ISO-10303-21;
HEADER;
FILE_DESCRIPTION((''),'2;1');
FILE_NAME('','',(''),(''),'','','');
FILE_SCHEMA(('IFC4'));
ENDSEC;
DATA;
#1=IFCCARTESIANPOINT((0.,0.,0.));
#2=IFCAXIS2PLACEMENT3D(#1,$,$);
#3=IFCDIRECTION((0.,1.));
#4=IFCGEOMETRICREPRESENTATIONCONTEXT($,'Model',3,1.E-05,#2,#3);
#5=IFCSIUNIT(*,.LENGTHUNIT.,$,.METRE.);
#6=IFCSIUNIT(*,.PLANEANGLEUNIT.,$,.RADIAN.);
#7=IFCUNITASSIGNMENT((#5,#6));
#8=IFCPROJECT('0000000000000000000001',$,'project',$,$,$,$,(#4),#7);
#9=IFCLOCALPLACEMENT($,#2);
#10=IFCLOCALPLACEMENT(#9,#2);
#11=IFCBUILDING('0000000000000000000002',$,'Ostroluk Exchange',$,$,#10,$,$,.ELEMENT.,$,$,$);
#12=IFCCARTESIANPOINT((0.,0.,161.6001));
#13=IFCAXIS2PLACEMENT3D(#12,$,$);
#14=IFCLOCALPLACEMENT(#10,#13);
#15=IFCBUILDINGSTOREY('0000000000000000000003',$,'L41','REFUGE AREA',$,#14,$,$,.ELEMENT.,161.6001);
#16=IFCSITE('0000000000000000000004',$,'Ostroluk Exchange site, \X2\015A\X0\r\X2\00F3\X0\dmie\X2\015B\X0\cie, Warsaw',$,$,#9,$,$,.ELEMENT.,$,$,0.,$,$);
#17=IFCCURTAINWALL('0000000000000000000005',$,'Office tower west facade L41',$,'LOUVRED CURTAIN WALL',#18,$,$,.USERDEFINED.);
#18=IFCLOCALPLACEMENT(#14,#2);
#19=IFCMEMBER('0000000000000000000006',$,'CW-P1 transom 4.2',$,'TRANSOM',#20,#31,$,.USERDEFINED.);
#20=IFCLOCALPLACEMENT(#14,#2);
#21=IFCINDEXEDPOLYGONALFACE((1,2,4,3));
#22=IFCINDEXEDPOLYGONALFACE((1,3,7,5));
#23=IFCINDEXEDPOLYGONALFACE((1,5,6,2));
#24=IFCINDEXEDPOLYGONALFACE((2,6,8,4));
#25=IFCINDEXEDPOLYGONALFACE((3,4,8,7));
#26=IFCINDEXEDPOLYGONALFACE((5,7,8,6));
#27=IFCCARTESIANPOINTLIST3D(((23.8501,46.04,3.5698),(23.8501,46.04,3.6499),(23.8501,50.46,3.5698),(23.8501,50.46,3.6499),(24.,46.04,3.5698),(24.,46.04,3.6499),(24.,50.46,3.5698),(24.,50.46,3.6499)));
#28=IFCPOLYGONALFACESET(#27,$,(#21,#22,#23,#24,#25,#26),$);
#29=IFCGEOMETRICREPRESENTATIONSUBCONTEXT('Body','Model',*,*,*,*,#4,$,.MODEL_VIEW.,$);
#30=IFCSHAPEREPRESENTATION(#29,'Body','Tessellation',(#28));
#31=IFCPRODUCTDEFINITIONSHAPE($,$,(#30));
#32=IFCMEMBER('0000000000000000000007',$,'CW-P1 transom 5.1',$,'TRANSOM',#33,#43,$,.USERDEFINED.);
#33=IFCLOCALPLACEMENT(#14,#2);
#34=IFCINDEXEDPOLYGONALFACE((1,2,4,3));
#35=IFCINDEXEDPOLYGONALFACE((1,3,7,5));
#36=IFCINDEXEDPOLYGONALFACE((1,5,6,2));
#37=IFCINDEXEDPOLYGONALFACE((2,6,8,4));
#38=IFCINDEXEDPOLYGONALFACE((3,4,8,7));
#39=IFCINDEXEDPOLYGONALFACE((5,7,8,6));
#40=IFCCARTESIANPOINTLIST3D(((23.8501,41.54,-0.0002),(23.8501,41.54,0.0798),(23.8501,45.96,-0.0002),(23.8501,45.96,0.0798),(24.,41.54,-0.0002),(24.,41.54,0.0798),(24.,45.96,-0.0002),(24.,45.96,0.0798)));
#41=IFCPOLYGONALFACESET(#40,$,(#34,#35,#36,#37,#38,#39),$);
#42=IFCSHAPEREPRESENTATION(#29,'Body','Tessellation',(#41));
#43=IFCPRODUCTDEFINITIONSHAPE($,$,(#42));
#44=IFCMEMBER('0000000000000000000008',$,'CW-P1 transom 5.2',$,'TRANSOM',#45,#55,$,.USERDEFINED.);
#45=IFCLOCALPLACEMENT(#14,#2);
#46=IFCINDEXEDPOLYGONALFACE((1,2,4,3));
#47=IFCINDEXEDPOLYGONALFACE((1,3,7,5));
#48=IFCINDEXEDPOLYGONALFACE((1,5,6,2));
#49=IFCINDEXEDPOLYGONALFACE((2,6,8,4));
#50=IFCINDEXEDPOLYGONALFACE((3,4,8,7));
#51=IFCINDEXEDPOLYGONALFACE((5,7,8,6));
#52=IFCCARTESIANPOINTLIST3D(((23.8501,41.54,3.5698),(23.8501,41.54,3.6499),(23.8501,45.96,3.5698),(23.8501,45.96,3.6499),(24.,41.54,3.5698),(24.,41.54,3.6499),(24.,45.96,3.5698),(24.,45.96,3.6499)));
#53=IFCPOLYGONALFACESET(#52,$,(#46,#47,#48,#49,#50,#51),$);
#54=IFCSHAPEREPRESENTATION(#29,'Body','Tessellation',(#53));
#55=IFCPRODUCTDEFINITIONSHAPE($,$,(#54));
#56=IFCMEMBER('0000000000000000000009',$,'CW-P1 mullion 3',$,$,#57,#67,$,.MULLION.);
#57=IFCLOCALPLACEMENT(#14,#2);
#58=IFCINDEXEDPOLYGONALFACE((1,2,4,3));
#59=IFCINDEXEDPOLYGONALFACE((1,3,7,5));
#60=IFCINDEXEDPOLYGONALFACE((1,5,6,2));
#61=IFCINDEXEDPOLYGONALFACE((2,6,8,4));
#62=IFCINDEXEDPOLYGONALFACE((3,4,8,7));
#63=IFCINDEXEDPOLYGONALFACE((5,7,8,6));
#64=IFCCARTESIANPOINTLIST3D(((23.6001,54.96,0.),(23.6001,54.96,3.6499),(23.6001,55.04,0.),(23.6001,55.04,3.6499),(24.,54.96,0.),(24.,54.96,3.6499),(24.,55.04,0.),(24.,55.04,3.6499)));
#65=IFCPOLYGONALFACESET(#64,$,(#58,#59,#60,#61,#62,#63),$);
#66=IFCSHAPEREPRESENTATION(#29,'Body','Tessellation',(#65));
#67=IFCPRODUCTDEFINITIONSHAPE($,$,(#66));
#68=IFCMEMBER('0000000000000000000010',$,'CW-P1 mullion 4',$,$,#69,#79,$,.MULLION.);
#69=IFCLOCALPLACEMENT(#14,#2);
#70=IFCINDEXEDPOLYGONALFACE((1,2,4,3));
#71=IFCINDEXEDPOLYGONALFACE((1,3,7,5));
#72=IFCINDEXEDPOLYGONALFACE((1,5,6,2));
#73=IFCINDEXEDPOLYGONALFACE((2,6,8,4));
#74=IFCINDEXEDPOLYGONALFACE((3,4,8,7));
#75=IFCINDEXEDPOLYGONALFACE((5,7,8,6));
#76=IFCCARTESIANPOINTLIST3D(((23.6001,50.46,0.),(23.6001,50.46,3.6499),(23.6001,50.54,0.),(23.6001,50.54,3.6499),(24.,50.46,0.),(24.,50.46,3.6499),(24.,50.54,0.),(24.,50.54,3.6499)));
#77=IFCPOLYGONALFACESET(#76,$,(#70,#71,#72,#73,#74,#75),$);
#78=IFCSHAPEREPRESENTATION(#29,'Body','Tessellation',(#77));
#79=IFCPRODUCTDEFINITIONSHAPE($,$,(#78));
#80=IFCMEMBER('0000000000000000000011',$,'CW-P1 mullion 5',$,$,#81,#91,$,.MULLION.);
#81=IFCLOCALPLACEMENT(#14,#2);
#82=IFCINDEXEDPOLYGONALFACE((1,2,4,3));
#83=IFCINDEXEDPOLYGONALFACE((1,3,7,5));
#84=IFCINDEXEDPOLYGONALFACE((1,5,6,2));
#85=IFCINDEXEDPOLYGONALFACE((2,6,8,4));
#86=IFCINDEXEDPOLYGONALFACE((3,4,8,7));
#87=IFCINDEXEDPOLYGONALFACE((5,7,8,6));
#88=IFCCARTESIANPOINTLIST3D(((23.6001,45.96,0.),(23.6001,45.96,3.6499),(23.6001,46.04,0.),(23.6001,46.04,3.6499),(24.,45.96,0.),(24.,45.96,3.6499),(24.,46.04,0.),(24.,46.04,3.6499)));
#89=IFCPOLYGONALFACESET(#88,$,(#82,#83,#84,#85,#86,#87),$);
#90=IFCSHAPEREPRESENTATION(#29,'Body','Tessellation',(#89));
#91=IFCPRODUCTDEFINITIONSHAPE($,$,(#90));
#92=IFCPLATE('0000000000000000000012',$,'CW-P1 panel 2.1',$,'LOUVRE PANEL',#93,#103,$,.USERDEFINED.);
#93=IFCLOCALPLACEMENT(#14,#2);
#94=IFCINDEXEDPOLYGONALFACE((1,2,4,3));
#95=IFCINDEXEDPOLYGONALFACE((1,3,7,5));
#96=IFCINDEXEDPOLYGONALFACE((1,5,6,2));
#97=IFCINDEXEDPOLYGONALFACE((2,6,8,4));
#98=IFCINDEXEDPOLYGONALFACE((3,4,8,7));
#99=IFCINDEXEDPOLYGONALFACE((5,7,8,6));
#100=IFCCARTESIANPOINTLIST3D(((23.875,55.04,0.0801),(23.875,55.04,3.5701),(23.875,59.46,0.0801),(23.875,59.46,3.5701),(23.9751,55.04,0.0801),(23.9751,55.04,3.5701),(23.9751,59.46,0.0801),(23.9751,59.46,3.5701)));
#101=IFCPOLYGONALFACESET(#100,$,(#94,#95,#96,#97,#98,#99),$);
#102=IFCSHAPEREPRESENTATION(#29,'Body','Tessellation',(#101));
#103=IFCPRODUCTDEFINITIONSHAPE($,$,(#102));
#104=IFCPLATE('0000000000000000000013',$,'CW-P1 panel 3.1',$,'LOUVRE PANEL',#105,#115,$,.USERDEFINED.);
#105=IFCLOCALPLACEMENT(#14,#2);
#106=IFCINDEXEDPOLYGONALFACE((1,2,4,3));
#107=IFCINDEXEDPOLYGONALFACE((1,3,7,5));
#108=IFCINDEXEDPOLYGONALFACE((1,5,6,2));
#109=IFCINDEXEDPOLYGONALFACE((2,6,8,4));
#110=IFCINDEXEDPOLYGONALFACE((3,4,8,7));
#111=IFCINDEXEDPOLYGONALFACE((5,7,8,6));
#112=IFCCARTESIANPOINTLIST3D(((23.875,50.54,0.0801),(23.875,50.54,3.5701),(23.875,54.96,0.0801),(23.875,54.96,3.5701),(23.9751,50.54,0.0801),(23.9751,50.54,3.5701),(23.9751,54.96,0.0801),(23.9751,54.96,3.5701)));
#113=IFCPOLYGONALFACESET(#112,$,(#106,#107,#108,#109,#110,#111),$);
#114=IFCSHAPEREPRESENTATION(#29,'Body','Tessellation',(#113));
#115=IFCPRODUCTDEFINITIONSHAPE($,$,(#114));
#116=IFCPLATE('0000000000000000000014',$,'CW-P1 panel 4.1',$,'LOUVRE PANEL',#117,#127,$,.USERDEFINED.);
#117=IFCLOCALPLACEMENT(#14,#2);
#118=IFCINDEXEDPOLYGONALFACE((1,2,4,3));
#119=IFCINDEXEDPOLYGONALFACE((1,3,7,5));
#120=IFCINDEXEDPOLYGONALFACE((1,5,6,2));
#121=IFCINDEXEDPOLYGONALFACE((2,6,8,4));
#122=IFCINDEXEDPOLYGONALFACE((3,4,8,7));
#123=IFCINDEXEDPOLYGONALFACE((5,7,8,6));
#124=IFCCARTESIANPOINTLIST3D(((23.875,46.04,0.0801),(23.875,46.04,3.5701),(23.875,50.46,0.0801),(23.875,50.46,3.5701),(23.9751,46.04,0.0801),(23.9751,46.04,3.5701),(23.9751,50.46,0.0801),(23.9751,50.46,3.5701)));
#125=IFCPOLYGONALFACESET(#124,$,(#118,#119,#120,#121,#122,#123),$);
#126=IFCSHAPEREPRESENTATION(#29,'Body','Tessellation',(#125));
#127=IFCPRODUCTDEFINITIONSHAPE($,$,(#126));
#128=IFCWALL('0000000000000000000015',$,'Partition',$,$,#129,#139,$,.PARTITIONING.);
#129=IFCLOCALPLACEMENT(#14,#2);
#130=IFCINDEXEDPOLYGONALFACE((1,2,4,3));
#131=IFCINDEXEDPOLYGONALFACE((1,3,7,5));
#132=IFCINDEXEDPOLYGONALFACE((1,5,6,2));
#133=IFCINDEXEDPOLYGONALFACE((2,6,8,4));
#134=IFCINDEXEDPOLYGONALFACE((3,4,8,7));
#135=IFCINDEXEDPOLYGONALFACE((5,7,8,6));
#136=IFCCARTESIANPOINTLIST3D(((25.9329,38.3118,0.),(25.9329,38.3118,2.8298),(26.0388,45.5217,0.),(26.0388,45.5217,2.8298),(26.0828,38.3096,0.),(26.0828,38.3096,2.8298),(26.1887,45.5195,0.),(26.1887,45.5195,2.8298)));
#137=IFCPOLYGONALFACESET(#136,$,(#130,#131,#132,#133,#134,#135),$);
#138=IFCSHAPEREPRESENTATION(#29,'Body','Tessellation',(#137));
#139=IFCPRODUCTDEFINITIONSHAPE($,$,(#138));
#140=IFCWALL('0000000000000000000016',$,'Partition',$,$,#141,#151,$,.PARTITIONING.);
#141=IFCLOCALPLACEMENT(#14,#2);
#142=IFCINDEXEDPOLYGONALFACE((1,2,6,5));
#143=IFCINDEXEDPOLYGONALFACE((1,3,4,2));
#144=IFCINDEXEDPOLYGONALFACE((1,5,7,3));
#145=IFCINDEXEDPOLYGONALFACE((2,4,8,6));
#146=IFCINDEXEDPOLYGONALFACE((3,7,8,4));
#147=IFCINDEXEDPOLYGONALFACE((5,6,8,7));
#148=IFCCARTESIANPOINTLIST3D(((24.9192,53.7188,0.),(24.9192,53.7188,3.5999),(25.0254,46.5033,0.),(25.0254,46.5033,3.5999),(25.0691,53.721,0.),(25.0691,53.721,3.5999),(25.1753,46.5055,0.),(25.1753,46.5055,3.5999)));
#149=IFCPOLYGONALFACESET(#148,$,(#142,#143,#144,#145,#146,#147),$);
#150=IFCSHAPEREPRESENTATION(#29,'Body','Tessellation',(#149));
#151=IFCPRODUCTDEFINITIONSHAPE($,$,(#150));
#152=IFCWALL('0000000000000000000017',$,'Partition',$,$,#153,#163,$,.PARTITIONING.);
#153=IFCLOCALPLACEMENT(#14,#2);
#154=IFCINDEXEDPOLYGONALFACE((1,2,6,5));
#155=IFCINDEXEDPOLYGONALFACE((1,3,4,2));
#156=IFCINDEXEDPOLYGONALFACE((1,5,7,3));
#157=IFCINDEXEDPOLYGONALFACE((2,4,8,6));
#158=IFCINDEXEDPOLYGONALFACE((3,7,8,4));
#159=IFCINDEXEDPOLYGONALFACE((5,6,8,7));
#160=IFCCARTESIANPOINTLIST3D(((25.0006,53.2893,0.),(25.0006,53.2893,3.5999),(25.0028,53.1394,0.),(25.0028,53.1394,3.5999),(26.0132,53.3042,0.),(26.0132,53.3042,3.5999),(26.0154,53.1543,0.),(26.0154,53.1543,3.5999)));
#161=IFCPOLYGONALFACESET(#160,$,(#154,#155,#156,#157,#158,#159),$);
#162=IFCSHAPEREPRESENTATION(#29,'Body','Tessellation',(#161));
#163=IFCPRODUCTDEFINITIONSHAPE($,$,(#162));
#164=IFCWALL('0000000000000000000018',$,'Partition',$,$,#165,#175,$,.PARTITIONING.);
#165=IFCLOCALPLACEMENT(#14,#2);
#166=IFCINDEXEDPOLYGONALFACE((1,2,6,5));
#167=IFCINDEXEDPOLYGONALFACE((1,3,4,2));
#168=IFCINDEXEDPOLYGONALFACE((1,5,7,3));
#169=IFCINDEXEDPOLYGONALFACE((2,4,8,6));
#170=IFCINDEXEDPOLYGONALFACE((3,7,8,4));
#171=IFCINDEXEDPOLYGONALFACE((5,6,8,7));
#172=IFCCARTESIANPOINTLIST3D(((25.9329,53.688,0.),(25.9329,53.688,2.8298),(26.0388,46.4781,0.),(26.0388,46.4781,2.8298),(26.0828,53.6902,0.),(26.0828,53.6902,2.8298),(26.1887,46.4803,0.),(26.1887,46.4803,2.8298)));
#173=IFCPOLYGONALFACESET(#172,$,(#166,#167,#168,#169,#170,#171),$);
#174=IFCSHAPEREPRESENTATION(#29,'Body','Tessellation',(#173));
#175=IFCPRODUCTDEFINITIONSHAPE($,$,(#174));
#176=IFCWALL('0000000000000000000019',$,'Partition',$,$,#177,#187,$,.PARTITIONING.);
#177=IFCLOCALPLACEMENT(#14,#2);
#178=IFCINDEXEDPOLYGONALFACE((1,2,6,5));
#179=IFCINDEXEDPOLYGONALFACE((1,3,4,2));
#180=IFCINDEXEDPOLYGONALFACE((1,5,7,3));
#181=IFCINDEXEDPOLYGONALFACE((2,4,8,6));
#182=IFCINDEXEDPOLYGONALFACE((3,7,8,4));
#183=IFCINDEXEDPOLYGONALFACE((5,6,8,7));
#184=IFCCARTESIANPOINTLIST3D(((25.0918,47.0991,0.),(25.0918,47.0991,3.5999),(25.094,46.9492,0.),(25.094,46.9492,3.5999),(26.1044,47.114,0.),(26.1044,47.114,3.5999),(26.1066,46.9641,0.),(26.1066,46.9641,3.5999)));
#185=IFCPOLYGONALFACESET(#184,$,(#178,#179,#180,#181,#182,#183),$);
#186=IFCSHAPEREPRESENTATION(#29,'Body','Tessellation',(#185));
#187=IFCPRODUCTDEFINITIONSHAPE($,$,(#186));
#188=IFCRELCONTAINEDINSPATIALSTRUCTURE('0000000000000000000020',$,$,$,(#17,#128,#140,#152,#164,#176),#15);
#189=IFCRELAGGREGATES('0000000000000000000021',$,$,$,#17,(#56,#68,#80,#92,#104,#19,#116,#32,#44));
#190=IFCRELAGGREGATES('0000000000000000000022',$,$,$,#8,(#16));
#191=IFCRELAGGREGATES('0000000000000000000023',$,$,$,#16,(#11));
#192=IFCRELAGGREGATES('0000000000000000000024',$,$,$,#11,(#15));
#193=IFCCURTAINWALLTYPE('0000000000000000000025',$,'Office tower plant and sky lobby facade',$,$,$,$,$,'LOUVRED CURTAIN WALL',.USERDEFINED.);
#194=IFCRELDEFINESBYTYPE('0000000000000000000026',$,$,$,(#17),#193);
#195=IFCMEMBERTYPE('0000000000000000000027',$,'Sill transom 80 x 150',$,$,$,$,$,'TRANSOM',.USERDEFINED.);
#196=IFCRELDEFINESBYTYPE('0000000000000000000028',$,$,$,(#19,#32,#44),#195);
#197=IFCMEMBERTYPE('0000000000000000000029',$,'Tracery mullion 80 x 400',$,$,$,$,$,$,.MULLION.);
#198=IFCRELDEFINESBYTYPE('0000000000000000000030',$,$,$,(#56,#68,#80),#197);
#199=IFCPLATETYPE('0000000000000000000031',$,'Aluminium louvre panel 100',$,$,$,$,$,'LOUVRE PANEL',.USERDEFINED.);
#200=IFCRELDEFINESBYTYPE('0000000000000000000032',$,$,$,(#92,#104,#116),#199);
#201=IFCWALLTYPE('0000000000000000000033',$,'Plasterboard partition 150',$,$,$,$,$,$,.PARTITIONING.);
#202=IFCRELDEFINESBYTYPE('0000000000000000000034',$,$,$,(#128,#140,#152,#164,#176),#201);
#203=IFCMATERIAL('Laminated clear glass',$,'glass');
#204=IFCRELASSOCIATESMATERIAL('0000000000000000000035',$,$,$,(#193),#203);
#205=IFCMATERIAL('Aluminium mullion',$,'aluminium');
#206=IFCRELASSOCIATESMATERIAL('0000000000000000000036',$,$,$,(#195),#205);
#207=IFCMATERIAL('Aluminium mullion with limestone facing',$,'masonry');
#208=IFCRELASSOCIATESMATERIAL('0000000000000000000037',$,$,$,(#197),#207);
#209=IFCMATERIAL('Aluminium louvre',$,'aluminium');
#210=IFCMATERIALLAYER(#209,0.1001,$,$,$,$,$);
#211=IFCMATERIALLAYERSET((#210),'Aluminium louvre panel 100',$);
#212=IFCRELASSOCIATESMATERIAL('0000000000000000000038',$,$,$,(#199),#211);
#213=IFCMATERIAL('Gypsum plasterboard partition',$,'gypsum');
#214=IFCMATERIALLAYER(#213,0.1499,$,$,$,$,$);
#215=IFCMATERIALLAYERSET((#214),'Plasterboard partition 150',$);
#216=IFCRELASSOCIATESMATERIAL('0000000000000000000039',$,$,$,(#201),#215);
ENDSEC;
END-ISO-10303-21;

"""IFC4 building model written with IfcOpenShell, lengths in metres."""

from ifc_helpers import new_model, si_unit, direction, frame, frame_2d, origin, origin_2d, place, context, subcontext, project, spatial, rectangle, extrude, material, layer, layer_set, material_profile, profile_set, type_object, element, aggregate, save


model = new_model("IFC4")

# Units and contexts
model_context = context("Model", 3, precision=1e-05, world=origin(), true_north=direction((0.0, 1.0)))
body_context = subcontext(model_context, "Body", "Model", "MODEL_VIEW")
ifc_project = project(units=[si_unit("LENGTHUNIT", "METRE"), si_unit("PLANEANGLEUNIT", "RADIAN")], contexts=[model_context])

# Site, building, storey
site_placement = place(None, origin())
site = spatial("IfcSite", under=ifc_project, at=site_placement, Name="Ostroluk Exchange site, Śródmieście, Warsaw", CompositionType="ELEMENT", RefElevation=0.0)
building_placement = place(site_placement, origin())
building = spatial("IfcBuilding", under=site, at=building_placement, Name="Ostroluk Exchange", CompositionType="ELEMENT")
storey_placement = place(building_placement, frame((0.0, 0.0, 161.6001)))
storey = spatial("IfcBuildingStorey", under=building, at=storey_placement, Name="L41", Description="REFUGE AREA", CompositionType="ELEMENT", Elevation=161.6001)

# Curtain wall, members, plates
ifc_material_1 = material(Name="Laminated clear glass", Category="glass")
curtain_wall_type = type_object("IfcCurtainWallType", Name="Office tower plant and sky lobby facade", ElementType="LOUVRED CURTAIN WALL", PredefinedType="USERDEFINED", material=ifc_material_1)
curtain_wall_placement = place(storey_placement, origin())
curtain_wall = element("IfcCurtainWall", 1, at=curtain_wall_placement, inside=storey, type_object=curtain_wall_type, Name="Office tower west facade L41", ObjectType="LOUVRED CURTAIN WALL", PredefinedType="USERDEFINED")
ifc_material_2 = material(Name="Aluminium mullion", Category="aluminium")
ifc_material_profile_1 = material_profile(ifc_material_2, rectangle(XDim=0.1499, YDim=0.0801, at=origin_2d()), Name="Sill transom 80 x 150")
ifc_profile_set_1 = profile_set([ifc_material_profile_1], Name="Aluminium mullion")
member_type_1 = type_object("IfcMemberType", Name="Sill transom 80 x 150", ElementType="TRANSOM", PredefinedType="USERDEFINED", material=ifc_profile_set_1)
member_1_placement = place(storey_placement, frame((23.925, 50.46, 3.6099), z_axis=(0.0, -1.0, 0.0), x_axis=(1.0, 0.0, 0.0)))
member_1 = element("IfcMember", 2, at=member_1_placement, type_object=member_type_1, Name="CW-P1 transom 4.2", ObjectType="TRANSOM", PredefinedType="USERDEFINED", context=body_context, shape_type="SweptSolid", body=[
    extrude(rectangle(XDim=0.1499, YDim=0.0801, at=origin_2d()), origin(), (0.0, 0.0, 1.0), 4.4199),
])
member_2_placement = place(storey_placement, frame((23.925, 45.96, 0.0398), z_axis=(0.0, -1.0, 0.0), x_axis=(1.0, 0.0, 0.0)))
member_2 = element("IfcMember", 3, at=member_2_placement, type_object=member_type_1, Name="CW-P1 transom 5.1", ObjectType="TRANSOM", PredefinedType="USERDEFINED", context=body_context, shape_type="SweptSolid", body=[
    extrude(rectangle(XDim=0.1499, YDim=0.0801, at=origin_2d()), origin(), (0.0, 0.0, 1.0), 4.4199),
])
member_3_placement = place(storey_placement, frame((23.925, 45.96, 3.6099), z_axis=(0.0, -1.0, 0.0), x_axis=(1.0, 0.0, 0.0)))
member_3 = element("IfcMember", 4, at=member_3_placement, type_object=member_type_1, Name="CW-P1 transom 5.2", ObjectType="TRANSOM", PredefinedType="USERDEFINED", context=body_context, shape_type="SweptSolid", body=[
    extrude(rectangle(XDim=0.1499, YDim=0.0801, at=origin_2d()), origin(), (0.0, 0.0, 1.0), 4.4199),
])
ifc_material_3 = material(Name="Aluminium mullion with limestone facing", Category="masonry")
ifc_material_profile_2 = material_profile(ifc_material_3, rectangle(XDim=0.3999, YDim=0.0801, at=origin_2d()), Name="Tracery mullion 80 x 400")
ifc_profile_set_2 = profile_set([ifc_material_profile_2], Name="Aluminium mullion with limestone facing")
member_type_2 = type_object("IfcMemberType", Name="Tracery mullion 80 x 400", PredefinedType="MULLION", material=ifc_profile_set_2)
member_4_placement = place(storey_placement, frame((23.8, 55.0, 0.0), z_axis=(0.0, 0.0, 1.0), x_axis=(1.0, 0.0, 0.0)))
member_4 = element("IfcMember", 5, at=member_4_placement, type_object=member_type_2, Name="CW-P1 mullion 3", PredefinedType="MULLION", context=body_context, shape_type="SweptSolid", body=[
    extrude(rectangle(XDim=0.3999, YDim=0.0801, at=origin_2d()), origin(), (0.0, 0.0, 1.0), 3.6499),
])
member_5_placement = place(storey_placement, frame((23.8, 50.5, 0.0), z_axis=(0.0, 0.0, 1.0), x_axis=(1.0, 0.0, 0.0)))
member_5 = element("IfcMember", 6, at=member_5_placement, type_object=member_type_2, Name="CW-P1 mullion 4", PredefinedType="MULLION", context=body_context, shape_type="SweptSolid", body=[
    extrude(rectangle(XDim=0.3999, YDim=0.0801, at=origin_2d()), origin(), (0.0, 0.0, 1.0), 3.6499),
])
member_6_placement = place(storey_placement, frame((23.8, 46.0, 0.0), z_axis=(0.0, 0.0, 1.0), x_axis=(1.0, 0.0, 0.0)))
member_6 = element("IfcMember", 7, at=member_6_placement, type_object=member_type_2, Name="CW-P1 mullion 5", PredefinedType="MULLION", context=body_context, shape_type="SweptSolid", body=[
    extrude(rectangle(XDim=0.3999, YDim=0.0801, at=origin_2d()), origin(), (0.0, 0.0, 1.0), 3.6499),
])
ifc_material_4 = material(Name="Aluminium louvre", Category="aluminium")
ifc_layer_1 = layer(ifc_material_4, 0.1001)
ifc_layer_set_1 = layer_set([ifc_layer_1], Name="Aluminium louvre panel 100")
plate_type = type_object("IfcPlateType", Name="Aluminium louvre panel 100", ElementType="LOUVRE PANEL", PredefinedType="USERDEFINED", material=ifc_layer_set_1)
plate_1_placement = place(storey_placement, frame((23.925, 57.25, 0.0801), z_axis=(0.0, 0.0, 1.0), x_axis=(0.0, -1.0, 0.0)))
plate_1 = element("IfcPlate", 8, at=plate_1_placement, type_object=plate_type, Name="CW-P1 panel 2.1", ObjectType="LOUVRE PANEL", PredefinedType="USERDEFINED", context=body_context, shape_type="SweptSolid", body=[
    extrude(rectangle(XDim=4.4199, YDim=0.1001, at=origin_2d()), origin(), (0.0, 0.0, 1.0), 3.49),
])
plate_2_placement = place(storey_placement, frame((23.925, 52.75, 0.0801), z_axis=(0.0, 0.0, 1.0), x_axis=(0.0, -1.0, 0.0)))
plate_2 = element("IfcPlate", 9, at=plate_2_placement, type_object=plate_type, Name="CW-P1 panel 3.1", ObjectType="LOUVRE PANEL", PredefinedType="USERDEFINED", context=body_context, shape_type="SweptSolid", body=[
    extrude(rectangle(XDim=4.4199, YDim=0.1001, at=origin_2d()), origin(), (0.0, 0.0, 1.0), 3.49),
])
plate_3_placement = place(storey_placement, frame((23.925, 48.25, 0.0801), z_axis=(0.0, 0.0, 1.0), x_axis=(0.0, -1.0, 0.0)))
plate_3 = element("IfcPlate", 10, at=plate_3_placement, type_object=plate_type, Name="CW-P1 panel 4.1", ObjectType="LOUVRE PANEL", PredefinedType="USERDEFINED", context=body_context, shape_type="SweptSolid", body=[
    extrude(rectangle(XDim=4.4199, YDim=0.1001, at=origin_2d()), origin(), (0.0, 0.0, 1.0), 3.49),
])
aggregate(curtain_wall, [member_4, member_5, member_6, plate_1, plate_2, member_1, plate_3, member_2, member_3])

# Walls
ifc_material_5 = material(Name="Gypsum plasterboard partition", Category="gypsum")
ifc_layer_2 = layer(ifc_material_5, 0.1499)
ifc_layer_set_2 = layer_set([ifc_layer_2], Name="Plasterboard partition 150")
wall_type = type_object("IfcWallType", Name="Plasterboard partition 150", PredefinedType="PARTITIONING", material=ifc_layer_set_2)
wall_1_placement = place(storey_placement, frame((26.1138, 45.5208, 0.0), z_axis=(0.0, 0.0, 1.0), x_axis=(-0.014694, -0.999892, 0.0)))
element("IfcWall", 11, at=wall_1_placement, inside=storey, type_object=wall_type, Name="Partition", PredefinedType="PARTITIONING", context=body_context, shape_type="SweptSolid", body=[
    extrude(rectangle(XDim=7.2107, YDim=0.1499, at=frame_2d((3.6055, 0.0))), origin(), (0.0, 0.0, 1.0), 2.8298),
])
wall_2_placement = place(storey_placement, frame((25.1003, 46.5044, 0.0), z_axis=(0.0, 0.0, 1.0), x_axis=(-0.014717, 0.999892, 0.0)))
element("IfcWall", 12, at=wall_2_placement, inside=storey, type_object=wall_type, Name="Partition", PredefinedType="PARTITIONING", context=body_context, shape_type="SweptSolid", body=[
    extrude(rectangle(XDim=7.2163, YDim=0.1499, at=frame_2d((3.6082, 0.0))), origin(), (0.0, 0.0, 1.0), 3.5999),
])
wall_3_placement = place(storey_placement, frame((25.0017, 53.2144, 0.0), z_axis=(0.0, 0.0, 1.0), x_axis=(0.999892, 0.014704, 0.0)))
element("IfcWall", 13, at=wall_3_placement, inside=storey, type_object=wall_type, Name="Partition", PredefinedType="PARTITIONING", context=body_context, shape_type="SweptSolid", body=[
    extrude(rectangle(XDim=1.0127, YDim=0.1499, at=frame_2d((0.5063, 0.0))), origin(), (0.0, 0.0, 1.0), 3.5999),
])
wall_4_placement = place(storey_placement, frame((26.0078, 53.6892, 0.0), z_axis=(0.0, 0.0, 1.0), x_axis=(0.014694, -0.999892, 0.0)))
element("IfcWall", 14, at=wall_4_placement, inside=storey, type_object=wall_type, Name="Partition", PredefinedType="PARTITIONING", context=body_context, shape_type="SweptSolid", body=[
    extrude(rectangle(XDim=7.2107, YDim=0.1499, at=frame_2d((3.6055, 0.0))), origin(), (0.0, 0.0, 1.0), 2.8298),
])
for number, where, z_axis, x_axis, name in (
    (15, (26.1055, 47.0391, 0.0), (0.0, 0.0, 1.0), (-0.999892, -0.014704, 0.0), "Partition"),
):
    element("IfcWall", number, at=place(storey_placement, frame(where, z_axis=z_axis, x_axis=x_axis)), inside=storey, type_object=wall_type, Name=name, PredefinedType="PARTITIONING", context=body_context, shape_type="SweptSolid", body=[
        extrude(rectangle(XDim=1.0127, YDim=0.1499, at=frame_2d((0.5063, 0.0))), origin(), (0.0, 0.0, 1.0), 3.5999),
    ])

save(model, "model.ifc")
